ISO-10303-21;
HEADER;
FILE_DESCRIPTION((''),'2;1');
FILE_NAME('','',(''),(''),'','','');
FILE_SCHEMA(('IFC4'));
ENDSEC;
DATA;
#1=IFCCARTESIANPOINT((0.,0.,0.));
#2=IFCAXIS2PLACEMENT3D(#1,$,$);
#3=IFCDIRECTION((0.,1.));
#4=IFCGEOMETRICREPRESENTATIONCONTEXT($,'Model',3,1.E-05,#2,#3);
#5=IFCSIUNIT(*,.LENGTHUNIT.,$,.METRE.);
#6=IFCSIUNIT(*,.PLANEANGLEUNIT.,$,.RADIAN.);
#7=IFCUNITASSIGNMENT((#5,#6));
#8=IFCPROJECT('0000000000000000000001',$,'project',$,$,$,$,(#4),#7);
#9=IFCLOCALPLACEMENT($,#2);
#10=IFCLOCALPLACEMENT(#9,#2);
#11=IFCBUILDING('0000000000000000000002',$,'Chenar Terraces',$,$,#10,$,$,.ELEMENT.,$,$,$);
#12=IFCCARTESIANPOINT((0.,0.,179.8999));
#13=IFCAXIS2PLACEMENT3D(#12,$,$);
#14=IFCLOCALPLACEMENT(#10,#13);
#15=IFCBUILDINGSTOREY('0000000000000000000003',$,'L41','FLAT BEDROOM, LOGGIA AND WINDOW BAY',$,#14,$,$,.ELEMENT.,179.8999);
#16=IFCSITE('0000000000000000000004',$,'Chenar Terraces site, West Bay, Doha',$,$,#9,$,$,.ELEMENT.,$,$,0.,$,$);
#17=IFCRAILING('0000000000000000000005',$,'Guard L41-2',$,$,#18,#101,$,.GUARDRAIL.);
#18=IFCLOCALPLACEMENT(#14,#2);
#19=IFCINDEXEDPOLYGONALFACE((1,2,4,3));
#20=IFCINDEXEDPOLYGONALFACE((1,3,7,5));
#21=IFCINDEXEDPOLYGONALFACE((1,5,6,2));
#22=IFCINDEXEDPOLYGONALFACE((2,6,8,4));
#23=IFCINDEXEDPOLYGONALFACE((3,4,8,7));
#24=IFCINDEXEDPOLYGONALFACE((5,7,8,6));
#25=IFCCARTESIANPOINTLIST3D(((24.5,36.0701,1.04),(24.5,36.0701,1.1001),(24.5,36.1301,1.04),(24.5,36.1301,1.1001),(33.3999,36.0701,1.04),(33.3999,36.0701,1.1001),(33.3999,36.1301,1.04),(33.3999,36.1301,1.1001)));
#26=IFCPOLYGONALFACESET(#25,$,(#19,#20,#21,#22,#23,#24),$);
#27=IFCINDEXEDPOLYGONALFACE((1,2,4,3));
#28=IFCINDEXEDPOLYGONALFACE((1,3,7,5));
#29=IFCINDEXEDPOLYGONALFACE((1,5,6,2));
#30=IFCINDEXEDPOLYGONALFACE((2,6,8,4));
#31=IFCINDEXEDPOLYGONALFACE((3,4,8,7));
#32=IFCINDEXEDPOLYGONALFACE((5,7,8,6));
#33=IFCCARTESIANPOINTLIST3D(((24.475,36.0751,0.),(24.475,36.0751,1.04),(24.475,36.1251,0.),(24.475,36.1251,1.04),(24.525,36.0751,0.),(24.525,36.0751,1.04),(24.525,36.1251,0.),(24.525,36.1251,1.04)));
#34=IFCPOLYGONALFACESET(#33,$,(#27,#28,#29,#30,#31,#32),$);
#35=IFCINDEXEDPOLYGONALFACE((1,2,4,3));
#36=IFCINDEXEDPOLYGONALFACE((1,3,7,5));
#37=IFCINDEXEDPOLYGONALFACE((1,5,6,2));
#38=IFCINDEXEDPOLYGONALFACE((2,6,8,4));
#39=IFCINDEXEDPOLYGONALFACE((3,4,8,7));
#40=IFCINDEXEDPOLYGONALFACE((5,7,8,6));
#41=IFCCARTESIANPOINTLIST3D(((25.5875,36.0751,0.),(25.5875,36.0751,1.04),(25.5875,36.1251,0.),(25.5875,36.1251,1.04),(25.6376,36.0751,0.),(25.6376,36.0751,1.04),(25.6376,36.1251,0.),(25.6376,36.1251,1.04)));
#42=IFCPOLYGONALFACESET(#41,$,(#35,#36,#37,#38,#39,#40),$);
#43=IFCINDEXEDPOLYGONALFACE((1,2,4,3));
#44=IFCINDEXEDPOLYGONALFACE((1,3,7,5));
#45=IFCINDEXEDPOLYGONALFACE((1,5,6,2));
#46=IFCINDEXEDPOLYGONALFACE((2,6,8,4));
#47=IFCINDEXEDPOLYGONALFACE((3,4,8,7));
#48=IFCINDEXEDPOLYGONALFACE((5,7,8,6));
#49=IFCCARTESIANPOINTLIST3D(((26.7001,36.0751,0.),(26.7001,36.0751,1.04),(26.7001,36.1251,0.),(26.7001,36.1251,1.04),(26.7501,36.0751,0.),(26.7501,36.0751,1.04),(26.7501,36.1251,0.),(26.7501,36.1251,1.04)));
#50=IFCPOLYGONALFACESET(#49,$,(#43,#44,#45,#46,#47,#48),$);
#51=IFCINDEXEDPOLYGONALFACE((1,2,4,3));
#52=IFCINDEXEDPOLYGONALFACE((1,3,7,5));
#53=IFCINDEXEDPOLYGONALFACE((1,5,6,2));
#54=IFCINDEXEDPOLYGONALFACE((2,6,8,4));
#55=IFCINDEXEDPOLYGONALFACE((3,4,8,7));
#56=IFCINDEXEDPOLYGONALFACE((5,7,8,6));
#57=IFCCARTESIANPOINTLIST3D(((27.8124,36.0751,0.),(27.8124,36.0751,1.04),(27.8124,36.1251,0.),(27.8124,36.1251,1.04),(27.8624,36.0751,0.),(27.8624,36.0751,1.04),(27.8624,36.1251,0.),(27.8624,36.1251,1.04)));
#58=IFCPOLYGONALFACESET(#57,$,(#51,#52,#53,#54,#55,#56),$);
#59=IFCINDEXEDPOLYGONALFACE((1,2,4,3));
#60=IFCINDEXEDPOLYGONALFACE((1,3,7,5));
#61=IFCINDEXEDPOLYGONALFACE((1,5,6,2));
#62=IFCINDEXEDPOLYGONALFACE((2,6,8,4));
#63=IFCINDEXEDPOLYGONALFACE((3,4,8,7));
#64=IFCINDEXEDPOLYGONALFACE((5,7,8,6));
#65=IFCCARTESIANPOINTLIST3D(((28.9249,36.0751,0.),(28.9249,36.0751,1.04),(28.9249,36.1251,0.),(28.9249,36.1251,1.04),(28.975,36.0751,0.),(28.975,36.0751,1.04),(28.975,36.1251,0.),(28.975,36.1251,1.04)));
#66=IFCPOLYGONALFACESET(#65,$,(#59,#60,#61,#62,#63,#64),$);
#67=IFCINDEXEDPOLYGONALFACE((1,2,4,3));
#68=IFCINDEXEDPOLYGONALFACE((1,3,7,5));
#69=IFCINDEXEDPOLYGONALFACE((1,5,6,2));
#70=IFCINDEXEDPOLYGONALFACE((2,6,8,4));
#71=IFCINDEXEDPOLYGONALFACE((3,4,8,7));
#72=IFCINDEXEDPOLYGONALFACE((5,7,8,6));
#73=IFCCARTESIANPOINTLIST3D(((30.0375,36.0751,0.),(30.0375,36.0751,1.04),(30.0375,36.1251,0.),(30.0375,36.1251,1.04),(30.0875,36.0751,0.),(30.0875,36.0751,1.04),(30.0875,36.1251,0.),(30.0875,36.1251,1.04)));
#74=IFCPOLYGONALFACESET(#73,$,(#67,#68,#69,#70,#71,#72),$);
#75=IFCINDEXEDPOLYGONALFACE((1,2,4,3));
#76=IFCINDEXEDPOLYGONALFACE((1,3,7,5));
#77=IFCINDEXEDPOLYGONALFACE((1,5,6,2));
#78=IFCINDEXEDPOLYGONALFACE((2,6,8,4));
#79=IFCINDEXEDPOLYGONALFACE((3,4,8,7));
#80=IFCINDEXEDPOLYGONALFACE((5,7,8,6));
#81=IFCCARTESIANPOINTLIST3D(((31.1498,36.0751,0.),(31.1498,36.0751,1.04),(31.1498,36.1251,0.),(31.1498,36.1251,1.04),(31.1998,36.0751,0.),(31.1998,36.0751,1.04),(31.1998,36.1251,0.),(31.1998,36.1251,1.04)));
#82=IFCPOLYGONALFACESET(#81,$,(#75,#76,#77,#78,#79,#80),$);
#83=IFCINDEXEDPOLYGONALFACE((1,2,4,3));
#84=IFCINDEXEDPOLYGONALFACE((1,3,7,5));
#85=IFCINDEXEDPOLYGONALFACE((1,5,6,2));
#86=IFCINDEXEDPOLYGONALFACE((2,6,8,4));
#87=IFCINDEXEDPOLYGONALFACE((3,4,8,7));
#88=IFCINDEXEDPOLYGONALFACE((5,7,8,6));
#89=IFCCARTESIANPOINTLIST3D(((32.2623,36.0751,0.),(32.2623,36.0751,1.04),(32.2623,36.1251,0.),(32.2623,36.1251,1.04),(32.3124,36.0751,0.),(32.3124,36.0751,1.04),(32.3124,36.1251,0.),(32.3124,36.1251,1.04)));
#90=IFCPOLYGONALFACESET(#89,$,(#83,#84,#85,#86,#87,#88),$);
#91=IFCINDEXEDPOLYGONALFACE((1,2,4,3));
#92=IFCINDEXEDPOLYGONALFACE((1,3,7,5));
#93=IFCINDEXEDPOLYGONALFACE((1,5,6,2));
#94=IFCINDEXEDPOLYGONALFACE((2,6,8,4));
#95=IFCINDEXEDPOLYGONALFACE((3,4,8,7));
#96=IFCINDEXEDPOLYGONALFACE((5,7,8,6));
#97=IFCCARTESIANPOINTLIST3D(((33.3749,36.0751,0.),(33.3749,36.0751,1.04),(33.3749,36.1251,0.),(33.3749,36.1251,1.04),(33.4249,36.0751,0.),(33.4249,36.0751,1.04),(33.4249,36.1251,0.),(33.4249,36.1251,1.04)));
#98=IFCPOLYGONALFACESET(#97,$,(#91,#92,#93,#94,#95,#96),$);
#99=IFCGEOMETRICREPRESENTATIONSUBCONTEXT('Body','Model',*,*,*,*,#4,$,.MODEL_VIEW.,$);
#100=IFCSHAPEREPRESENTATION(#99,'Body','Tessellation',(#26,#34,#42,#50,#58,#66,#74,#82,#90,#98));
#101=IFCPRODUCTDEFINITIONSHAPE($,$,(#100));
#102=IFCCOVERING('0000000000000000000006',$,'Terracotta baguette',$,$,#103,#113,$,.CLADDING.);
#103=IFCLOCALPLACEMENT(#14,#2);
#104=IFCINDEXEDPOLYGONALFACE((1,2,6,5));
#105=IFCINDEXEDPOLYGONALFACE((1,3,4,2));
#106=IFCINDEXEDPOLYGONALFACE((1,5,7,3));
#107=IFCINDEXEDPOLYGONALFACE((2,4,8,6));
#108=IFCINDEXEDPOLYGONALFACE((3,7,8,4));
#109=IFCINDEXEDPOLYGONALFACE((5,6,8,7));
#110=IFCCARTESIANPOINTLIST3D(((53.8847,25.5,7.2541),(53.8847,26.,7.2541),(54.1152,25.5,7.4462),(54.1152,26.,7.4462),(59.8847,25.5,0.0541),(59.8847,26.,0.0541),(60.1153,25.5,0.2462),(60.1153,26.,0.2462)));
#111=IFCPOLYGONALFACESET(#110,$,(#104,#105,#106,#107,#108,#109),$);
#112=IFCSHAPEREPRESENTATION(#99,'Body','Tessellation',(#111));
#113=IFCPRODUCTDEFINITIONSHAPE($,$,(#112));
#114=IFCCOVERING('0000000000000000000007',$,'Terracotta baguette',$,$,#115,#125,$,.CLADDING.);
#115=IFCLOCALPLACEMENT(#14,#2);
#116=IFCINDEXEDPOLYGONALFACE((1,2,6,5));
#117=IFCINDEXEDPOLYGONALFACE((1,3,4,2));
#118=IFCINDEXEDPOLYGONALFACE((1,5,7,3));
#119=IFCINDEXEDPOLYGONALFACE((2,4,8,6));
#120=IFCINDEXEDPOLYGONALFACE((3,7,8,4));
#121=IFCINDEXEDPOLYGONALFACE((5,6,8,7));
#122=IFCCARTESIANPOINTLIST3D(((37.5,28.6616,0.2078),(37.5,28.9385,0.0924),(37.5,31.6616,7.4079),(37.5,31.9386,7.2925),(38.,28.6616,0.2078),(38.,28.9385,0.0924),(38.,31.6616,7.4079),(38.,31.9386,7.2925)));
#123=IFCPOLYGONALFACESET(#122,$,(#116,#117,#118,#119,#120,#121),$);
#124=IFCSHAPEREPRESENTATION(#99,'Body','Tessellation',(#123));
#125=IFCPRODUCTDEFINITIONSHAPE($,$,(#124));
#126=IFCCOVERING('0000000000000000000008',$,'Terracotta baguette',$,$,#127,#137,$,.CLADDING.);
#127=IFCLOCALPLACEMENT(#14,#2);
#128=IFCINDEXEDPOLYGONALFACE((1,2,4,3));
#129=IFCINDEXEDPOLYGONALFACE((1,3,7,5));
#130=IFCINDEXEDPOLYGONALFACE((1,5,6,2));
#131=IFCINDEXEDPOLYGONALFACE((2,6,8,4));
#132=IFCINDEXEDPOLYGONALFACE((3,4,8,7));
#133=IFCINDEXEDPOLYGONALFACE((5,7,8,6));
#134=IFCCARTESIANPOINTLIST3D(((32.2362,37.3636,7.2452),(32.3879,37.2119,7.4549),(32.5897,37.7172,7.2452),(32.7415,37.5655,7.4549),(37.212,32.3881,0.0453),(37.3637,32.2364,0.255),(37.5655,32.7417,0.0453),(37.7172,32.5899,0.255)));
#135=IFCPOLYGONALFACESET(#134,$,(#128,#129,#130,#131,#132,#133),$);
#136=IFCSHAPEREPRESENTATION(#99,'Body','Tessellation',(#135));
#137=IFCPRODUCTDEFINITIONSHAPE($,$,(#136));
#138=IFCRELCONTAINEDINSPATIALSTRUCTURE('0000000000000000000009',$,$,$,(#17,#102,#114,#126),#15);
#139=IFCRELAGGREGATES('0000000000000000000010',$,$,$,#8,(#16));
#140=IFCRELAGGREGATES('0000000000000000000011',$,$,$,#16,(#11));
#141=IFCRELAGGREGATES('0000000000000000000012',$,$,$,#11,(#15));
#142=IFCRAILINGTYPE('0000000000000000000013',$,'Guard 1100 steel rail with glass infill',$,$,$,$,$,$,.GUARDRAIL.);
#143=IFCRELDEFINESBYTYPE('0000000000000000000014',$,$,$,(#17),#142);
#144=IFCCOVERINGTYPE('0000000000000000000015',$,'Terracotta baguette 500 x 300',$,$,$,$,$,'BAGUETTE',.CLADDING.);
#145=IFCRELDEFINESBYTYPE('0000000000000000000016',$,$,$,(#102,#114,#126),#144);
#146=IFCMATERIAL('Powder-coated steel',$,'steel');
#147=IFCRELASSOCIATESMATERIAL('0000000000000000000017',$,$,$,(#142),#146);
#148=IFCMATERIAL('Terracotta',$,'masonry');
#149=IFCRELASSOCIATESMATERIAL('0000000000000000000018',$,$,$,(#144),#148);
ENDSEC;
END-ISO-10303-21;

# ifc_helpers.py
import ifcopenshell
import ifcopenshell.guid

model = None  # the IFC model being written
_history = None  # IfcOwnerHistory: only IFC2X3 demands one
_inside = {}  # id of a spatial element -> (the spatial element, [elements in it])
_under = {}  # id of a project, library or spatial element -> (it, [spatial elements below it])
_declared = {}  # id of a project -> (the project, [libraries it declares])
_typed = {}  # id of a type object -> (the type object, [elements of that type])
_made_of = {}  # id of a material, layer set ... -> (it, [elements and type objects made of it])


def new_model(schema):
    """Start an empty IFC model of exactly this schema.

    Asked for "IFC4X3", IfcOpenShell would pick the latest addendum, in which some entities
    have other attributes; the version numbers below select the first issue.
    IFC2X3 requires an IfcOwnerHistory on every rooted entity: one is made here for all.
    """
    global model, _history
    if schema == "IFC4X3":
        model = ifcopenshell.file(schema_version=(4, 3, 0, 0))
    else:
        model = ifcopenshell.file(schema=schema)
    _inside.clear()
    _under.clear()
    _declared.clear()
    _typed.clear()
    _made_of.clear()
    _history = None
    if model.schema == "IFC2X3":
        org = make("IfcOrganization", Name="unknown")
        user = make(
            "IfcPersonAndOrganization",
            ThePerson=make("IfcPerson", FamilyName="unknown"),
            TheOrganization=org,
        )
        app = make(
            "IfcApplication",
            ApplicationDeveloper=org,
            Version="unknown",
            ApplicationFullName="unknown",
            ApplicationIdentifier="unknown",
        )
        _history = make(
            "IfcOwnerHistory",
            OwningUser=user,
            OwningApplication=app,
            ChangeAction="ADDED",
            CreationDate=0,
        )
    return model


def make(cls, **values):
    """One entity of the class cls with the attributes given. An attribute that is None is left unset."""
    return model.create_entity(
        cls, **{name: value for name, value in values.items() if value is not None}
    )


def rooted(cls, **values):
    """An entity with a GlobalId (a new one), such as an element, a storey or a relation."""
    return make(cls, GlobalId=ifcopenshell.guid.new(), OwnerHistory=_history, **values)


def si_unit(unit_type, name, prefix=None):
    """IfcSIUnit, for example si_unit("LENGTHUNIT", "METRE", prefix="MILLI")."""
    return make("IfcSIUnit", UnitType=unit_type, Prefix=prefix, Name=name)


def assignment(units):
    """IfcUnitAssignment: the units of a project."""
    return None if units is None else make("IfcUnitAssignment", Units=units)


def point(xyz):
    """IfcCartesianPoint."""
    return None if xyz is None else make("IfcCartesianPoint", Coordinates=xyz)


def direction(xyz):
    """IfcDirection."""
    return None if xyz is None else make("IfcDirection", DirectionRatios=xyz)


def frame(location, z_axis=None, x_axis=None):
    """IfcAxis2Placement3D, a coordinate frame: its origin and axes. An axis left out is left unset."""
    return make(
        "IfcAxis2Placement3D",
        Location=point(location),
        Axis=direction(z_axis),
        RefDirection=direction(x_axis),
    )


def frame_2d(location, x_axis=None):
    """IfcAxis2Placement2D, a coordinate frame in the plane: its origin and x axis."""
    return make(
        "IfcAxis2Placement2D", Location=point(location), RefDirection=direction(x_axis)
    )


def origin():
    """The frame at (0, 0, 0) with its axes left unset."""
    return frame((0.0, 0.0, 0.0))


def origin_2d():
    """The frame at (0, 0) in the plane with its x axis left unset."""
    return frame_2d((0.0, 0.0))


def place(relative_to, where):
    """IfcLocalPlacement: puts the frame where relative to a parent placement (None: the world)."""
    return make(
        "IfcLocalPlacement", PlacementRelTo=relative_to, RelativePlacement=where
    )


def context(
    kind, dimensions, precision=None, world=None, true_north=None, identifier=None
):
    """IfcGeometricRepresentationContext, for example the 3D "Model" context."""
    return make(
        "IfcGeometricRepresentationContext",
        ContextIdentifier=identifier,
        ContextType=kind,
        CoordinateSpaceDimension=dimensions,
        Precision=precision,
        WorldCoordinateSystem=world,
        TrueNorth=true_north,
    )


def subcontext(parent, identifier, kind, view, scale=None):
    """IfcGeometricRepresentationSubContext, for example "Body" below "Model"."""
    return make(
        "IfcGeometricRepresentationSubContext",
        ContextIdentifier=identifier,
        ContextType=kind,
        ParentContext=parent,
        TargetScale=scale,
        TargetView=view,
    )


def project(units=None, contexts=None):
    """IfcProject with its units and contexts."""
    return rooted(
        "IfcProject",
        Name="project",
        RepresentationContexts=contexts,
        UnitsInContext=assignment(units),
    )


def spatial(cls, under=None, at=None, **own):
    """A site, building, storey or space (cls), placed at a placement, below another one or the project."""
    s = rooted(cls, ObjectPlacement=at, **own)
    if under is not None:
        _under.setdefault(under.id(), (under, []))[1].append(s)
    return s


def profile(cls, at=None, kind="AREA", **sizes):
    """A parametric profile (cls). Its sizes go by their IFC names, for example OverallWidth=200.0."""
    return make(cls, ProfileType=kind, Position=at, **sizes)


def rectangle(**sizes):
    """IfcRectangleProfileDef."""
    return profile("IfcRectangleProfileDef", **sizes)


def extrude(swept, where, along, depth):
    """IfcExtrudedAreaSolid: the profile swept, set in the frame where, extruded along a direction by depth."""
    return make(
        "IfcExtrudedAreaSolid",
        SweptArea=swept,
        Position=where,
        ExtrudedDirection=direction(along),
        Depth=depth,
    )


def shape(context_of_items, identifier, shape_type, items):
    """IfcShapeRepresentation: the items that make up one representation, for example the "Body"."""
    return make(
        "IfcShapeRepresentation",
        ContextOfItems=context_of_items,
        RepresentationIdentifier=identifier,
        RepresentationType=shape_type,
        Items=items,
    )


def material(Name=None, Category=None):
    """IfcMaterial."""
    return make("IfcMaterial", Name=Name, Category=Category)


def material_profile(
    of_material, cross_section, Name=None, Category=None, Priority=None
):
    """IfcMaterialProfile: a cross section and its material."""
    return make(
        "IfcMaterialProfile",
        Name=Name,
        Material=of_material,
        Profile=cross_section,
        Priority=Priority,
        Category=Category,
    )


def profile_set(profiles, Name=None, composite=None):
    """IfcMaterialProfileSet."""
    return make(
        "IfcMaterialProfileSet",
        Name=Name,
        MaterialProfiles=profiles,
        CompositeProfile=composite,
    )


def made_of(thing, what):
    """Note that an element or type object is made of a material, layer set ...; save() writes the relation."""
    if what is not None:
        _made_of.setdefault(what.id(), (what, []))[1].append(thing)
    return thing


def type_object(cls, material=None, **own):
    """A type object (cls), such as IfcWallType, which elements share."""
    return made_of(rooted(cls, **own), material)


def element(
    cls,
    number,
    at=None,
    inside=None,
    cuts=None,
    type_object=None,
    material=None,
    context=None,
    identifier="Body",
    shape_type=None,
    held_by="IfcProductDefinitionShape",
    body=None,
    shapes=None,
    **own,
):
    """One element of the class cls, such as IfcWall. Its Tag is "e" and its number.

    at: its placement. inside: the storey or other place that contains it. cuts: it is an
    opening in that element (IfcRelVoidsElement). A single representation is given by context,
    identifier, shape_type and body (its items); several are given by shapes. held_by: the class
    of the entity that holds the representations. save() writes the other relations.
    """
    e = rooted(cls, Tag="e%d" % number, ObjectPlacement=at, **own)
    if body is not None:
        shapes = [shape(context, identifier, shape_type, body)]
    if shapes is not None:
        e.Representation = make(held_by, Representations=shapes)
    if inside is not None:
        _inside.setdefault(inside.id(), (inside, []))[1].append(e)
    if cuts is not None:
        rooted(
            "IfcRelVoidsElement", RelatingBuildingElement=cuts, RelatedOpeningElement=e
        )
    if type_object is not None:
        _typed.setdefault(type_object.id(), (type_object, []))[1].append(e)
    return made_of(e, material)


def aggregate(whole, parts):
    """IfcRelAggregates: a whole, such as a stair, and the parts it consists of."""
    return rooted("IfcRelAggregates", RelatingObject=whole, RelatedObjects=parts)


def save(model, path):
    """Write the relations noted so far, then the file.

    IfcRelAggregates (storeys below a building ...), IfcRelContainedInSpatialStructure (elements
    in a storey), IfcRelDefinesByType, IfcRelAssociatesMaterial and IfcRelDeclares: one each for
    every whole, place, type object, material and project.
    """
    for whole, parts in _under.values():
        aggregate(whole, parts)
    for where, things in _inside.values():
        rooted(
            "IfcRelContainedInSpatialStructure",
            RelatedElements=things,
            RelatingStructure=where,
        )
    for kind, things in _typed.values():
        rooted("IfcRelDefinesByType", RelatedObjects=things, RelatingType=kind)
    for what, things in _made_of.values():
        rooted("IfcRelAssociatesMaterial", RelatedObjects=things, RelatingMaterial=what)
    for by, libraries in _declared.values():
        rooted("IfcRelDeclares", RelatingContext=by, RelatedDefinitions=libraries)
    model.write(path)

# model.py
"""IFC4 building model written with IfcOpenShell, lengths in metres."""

from ifc_helpers import new_model, si_unit, direction, frame, origin, origin_2d, place, context, subcontext, project, spatial, rectangle, extrude, material, material_profile, profile_set, type_object, element, save


model = new_model("IFC4")

# Units and contexts
model_context = context("Model", 3, precision=1e-05, world=origin(), true_north=direction((0.0, 1.0)))
body_context = subcontext(model_context, "Body", "Model", "MODEL_VIEW")
ifc_project = project(units=[si_unit("LENGTHUNIT", "METRE"), si_unit("PLANEANGLEUNIT", "RADIAN")], contexts=[model_context])

# Site, building, storey
site_placement = place(None, origin())
site = spatial("IfcSite", under=ifc_project, at=site_placement, Name="Chenar Terraces site, West Bay, Doha", CompositionType="ELEMENT", RefElevation=0.0)
building_placement = place(site_placement, origin())
building = spatial("IfcBuilding", under=site, at=building_placement, Name="Chenar Terraces", CompositionType="ELEMENT")
storey_placement = place(building_placement, frame((0.0, 0.0, 179.8999)))
storey = spatial("IfcBuildingStorey", under=building, at=storey_placement, Name="L41", Description="FLAT BEDROOM, LOGGIA AND WINDOW BAY", CompositionType="ELEMENT", Elevation=179.8999)

# Railing
ifc_material_1 = material(Name="Powder-coated steel", Category="steel")
railing_type = type_object("IfcRailingType", Name="Guard 1100 steel rail with glass infill", PredefinedType="GUARDRAIL", material=ifc_material_1)
railing_placement = place(storey_placement, frame((24.5, 36.1001, 0.0)))
element("IfcRailing", 1, at=railing_placement, inside=storey, type_object=railing_type, Name="Guard L41-2", PredefinedType="GUARDRAIL", context=body_context, shape_type="SweptSolid", body=[
    extrude(rectangle(XDim=0.0601, YDim=0.0601, at=origin_2d()), frame((0.0, 0.0, 1.0701), z_axis=(1.0, 0.0, 0.0), x_axis=(0.0, 1.0, 0.0)), (0.0, 0.0, 1.0), 8.8999),
    extrude(rectangle(XDim=0.05, YDim=0.05, at=origin_2d()), origin(), (0.0, 0.0, 1.0), 1.04),
    extrude(rectangle(XDim=0.05, YDim=0.05, at=origin_2d()), frame((1.1125, 0.0, 0.0)), (0.0, 0.0, 1.0), 1.04),
    extrude(rectangle(XDim=0.05, YDim=0.05, at=origin_2d()), frame((2.2251, 0.0, 0.0)), (0.0, 0.0, 1.0), 1.04),
    extrude(rectangle(XDim=0.05, YDim=0.05, at=origin_2d()), frame((3.3374, 0.0, 0.0)), (0.0, 0.0, 1.0), 1.04),
    extrude(rectangle(XDim=0.05, YDim=0.05, at=origin_2d()), frame((4.45, 0.0, 0.0)), (0.0, 0.0, 1.0), 1.04),
    extrude(rectangle(XDim=0.05, YDim=0.05, at=origin_2d()), frame((5.5625, 0.0, 0.0)), (0.0, 0.0, 1.0), 1.04),
    extrude(rectangle(XDim=0.05, YDim=0.05, at=origin_2d()), frame((6.6748, 0.0, 0.0)), (0.0, 0.0, 1.0), 1.04),
    extrude(rectangle(XDim=0.05, YDim=0.05, at=origin_2d()), frame((7.7874, 0.0, 0.0)), (0.0, 0.0, 1.0), 1.04),
    extrude(rectangle(XDim=0.05, YDim=0.05, at=origin_2d()), frame((8.8999, 0.0, 0.0)), (0.0, 0.0, 1.0), 1.04),
])

# Coverings
ifc_material_2 = material(Name="Terracotta", Category="masonry")
ifc_material_profile_1 = material_profile(ifc_material_2, rectangle(XDim=0.5, YDim=0.3, at=origin_2d()), Name="Terracotta baguette 500 x 300")
ifc_profile_set_1 = profile_set([ifc_material_profile_1], Name="Terracotta")
covering_type = type_object("IfcCoveringType", Name="Terracotta baguette 500 x 300", ElementType="BAGUETTE", PredefinedType="CLADDING", material=ifc_profile_set_1)
covering_1_placement = place(storey_placement, frame((60.0, 25.75, 0.1501), z_axis=(-0.640187, 0.0, 0.768219), x_axis=(0.0, -1.0, 0.0)))
element("IfcCovering", 2, at=covering_1_placement, inside=storey, type_object=covering_type, Name="Terracotta baguette", PredefinedType="CLADDING", context=body_context, shape_type="SweptSolid", body=[
    extrude(rectangle(XDim=0.5, YDim=0.3, at=origin_2d()), origin(), (0.0, 0.0, 1.0), 9.3723),
])
covering_2_placement = place(storey_placement, frame((37.75, 28.8, 0.1501), z_axis=(0.0, 0.384618, 0.923076), x_axis=(-1.0, 0.0, 0.0)))
element("IfcCovering", 3, at=covering_2_placement, inside=storey, type_object=covering_type, Name="Terracotta baguette", PredefinedType="CLADDING", context=body_context, shape_type="SweptSolid", body=[
    extrude(rectangle(XDim=0.5, YDim=0.3, at=origin_2d()), origin(), (0.0, 0.0, 1.0), 7.8),
])
covering_3_placement = place(storey_placement, frame((37.4646, 32.489, 0.1501), z_axis=(-0.494247, 0.494222, 0.715167), x_axis=(-0.707089, -0.707124, 0.0)))
element("IfcCovering", 4, at=covering_3_placement, inside=storey, type_object=covering_type, Name="Terracotta baguette", PredefinedType="CLADDING", context=body_context, shape_type="SweptSolid", body=[
    extrude(rectangle(XDim=0.5, YDim=0.3, at=origin_2d()), origin(), (0.0, 0.0, 1.0), 10.0674),
])

save(model, "model.ifc")
